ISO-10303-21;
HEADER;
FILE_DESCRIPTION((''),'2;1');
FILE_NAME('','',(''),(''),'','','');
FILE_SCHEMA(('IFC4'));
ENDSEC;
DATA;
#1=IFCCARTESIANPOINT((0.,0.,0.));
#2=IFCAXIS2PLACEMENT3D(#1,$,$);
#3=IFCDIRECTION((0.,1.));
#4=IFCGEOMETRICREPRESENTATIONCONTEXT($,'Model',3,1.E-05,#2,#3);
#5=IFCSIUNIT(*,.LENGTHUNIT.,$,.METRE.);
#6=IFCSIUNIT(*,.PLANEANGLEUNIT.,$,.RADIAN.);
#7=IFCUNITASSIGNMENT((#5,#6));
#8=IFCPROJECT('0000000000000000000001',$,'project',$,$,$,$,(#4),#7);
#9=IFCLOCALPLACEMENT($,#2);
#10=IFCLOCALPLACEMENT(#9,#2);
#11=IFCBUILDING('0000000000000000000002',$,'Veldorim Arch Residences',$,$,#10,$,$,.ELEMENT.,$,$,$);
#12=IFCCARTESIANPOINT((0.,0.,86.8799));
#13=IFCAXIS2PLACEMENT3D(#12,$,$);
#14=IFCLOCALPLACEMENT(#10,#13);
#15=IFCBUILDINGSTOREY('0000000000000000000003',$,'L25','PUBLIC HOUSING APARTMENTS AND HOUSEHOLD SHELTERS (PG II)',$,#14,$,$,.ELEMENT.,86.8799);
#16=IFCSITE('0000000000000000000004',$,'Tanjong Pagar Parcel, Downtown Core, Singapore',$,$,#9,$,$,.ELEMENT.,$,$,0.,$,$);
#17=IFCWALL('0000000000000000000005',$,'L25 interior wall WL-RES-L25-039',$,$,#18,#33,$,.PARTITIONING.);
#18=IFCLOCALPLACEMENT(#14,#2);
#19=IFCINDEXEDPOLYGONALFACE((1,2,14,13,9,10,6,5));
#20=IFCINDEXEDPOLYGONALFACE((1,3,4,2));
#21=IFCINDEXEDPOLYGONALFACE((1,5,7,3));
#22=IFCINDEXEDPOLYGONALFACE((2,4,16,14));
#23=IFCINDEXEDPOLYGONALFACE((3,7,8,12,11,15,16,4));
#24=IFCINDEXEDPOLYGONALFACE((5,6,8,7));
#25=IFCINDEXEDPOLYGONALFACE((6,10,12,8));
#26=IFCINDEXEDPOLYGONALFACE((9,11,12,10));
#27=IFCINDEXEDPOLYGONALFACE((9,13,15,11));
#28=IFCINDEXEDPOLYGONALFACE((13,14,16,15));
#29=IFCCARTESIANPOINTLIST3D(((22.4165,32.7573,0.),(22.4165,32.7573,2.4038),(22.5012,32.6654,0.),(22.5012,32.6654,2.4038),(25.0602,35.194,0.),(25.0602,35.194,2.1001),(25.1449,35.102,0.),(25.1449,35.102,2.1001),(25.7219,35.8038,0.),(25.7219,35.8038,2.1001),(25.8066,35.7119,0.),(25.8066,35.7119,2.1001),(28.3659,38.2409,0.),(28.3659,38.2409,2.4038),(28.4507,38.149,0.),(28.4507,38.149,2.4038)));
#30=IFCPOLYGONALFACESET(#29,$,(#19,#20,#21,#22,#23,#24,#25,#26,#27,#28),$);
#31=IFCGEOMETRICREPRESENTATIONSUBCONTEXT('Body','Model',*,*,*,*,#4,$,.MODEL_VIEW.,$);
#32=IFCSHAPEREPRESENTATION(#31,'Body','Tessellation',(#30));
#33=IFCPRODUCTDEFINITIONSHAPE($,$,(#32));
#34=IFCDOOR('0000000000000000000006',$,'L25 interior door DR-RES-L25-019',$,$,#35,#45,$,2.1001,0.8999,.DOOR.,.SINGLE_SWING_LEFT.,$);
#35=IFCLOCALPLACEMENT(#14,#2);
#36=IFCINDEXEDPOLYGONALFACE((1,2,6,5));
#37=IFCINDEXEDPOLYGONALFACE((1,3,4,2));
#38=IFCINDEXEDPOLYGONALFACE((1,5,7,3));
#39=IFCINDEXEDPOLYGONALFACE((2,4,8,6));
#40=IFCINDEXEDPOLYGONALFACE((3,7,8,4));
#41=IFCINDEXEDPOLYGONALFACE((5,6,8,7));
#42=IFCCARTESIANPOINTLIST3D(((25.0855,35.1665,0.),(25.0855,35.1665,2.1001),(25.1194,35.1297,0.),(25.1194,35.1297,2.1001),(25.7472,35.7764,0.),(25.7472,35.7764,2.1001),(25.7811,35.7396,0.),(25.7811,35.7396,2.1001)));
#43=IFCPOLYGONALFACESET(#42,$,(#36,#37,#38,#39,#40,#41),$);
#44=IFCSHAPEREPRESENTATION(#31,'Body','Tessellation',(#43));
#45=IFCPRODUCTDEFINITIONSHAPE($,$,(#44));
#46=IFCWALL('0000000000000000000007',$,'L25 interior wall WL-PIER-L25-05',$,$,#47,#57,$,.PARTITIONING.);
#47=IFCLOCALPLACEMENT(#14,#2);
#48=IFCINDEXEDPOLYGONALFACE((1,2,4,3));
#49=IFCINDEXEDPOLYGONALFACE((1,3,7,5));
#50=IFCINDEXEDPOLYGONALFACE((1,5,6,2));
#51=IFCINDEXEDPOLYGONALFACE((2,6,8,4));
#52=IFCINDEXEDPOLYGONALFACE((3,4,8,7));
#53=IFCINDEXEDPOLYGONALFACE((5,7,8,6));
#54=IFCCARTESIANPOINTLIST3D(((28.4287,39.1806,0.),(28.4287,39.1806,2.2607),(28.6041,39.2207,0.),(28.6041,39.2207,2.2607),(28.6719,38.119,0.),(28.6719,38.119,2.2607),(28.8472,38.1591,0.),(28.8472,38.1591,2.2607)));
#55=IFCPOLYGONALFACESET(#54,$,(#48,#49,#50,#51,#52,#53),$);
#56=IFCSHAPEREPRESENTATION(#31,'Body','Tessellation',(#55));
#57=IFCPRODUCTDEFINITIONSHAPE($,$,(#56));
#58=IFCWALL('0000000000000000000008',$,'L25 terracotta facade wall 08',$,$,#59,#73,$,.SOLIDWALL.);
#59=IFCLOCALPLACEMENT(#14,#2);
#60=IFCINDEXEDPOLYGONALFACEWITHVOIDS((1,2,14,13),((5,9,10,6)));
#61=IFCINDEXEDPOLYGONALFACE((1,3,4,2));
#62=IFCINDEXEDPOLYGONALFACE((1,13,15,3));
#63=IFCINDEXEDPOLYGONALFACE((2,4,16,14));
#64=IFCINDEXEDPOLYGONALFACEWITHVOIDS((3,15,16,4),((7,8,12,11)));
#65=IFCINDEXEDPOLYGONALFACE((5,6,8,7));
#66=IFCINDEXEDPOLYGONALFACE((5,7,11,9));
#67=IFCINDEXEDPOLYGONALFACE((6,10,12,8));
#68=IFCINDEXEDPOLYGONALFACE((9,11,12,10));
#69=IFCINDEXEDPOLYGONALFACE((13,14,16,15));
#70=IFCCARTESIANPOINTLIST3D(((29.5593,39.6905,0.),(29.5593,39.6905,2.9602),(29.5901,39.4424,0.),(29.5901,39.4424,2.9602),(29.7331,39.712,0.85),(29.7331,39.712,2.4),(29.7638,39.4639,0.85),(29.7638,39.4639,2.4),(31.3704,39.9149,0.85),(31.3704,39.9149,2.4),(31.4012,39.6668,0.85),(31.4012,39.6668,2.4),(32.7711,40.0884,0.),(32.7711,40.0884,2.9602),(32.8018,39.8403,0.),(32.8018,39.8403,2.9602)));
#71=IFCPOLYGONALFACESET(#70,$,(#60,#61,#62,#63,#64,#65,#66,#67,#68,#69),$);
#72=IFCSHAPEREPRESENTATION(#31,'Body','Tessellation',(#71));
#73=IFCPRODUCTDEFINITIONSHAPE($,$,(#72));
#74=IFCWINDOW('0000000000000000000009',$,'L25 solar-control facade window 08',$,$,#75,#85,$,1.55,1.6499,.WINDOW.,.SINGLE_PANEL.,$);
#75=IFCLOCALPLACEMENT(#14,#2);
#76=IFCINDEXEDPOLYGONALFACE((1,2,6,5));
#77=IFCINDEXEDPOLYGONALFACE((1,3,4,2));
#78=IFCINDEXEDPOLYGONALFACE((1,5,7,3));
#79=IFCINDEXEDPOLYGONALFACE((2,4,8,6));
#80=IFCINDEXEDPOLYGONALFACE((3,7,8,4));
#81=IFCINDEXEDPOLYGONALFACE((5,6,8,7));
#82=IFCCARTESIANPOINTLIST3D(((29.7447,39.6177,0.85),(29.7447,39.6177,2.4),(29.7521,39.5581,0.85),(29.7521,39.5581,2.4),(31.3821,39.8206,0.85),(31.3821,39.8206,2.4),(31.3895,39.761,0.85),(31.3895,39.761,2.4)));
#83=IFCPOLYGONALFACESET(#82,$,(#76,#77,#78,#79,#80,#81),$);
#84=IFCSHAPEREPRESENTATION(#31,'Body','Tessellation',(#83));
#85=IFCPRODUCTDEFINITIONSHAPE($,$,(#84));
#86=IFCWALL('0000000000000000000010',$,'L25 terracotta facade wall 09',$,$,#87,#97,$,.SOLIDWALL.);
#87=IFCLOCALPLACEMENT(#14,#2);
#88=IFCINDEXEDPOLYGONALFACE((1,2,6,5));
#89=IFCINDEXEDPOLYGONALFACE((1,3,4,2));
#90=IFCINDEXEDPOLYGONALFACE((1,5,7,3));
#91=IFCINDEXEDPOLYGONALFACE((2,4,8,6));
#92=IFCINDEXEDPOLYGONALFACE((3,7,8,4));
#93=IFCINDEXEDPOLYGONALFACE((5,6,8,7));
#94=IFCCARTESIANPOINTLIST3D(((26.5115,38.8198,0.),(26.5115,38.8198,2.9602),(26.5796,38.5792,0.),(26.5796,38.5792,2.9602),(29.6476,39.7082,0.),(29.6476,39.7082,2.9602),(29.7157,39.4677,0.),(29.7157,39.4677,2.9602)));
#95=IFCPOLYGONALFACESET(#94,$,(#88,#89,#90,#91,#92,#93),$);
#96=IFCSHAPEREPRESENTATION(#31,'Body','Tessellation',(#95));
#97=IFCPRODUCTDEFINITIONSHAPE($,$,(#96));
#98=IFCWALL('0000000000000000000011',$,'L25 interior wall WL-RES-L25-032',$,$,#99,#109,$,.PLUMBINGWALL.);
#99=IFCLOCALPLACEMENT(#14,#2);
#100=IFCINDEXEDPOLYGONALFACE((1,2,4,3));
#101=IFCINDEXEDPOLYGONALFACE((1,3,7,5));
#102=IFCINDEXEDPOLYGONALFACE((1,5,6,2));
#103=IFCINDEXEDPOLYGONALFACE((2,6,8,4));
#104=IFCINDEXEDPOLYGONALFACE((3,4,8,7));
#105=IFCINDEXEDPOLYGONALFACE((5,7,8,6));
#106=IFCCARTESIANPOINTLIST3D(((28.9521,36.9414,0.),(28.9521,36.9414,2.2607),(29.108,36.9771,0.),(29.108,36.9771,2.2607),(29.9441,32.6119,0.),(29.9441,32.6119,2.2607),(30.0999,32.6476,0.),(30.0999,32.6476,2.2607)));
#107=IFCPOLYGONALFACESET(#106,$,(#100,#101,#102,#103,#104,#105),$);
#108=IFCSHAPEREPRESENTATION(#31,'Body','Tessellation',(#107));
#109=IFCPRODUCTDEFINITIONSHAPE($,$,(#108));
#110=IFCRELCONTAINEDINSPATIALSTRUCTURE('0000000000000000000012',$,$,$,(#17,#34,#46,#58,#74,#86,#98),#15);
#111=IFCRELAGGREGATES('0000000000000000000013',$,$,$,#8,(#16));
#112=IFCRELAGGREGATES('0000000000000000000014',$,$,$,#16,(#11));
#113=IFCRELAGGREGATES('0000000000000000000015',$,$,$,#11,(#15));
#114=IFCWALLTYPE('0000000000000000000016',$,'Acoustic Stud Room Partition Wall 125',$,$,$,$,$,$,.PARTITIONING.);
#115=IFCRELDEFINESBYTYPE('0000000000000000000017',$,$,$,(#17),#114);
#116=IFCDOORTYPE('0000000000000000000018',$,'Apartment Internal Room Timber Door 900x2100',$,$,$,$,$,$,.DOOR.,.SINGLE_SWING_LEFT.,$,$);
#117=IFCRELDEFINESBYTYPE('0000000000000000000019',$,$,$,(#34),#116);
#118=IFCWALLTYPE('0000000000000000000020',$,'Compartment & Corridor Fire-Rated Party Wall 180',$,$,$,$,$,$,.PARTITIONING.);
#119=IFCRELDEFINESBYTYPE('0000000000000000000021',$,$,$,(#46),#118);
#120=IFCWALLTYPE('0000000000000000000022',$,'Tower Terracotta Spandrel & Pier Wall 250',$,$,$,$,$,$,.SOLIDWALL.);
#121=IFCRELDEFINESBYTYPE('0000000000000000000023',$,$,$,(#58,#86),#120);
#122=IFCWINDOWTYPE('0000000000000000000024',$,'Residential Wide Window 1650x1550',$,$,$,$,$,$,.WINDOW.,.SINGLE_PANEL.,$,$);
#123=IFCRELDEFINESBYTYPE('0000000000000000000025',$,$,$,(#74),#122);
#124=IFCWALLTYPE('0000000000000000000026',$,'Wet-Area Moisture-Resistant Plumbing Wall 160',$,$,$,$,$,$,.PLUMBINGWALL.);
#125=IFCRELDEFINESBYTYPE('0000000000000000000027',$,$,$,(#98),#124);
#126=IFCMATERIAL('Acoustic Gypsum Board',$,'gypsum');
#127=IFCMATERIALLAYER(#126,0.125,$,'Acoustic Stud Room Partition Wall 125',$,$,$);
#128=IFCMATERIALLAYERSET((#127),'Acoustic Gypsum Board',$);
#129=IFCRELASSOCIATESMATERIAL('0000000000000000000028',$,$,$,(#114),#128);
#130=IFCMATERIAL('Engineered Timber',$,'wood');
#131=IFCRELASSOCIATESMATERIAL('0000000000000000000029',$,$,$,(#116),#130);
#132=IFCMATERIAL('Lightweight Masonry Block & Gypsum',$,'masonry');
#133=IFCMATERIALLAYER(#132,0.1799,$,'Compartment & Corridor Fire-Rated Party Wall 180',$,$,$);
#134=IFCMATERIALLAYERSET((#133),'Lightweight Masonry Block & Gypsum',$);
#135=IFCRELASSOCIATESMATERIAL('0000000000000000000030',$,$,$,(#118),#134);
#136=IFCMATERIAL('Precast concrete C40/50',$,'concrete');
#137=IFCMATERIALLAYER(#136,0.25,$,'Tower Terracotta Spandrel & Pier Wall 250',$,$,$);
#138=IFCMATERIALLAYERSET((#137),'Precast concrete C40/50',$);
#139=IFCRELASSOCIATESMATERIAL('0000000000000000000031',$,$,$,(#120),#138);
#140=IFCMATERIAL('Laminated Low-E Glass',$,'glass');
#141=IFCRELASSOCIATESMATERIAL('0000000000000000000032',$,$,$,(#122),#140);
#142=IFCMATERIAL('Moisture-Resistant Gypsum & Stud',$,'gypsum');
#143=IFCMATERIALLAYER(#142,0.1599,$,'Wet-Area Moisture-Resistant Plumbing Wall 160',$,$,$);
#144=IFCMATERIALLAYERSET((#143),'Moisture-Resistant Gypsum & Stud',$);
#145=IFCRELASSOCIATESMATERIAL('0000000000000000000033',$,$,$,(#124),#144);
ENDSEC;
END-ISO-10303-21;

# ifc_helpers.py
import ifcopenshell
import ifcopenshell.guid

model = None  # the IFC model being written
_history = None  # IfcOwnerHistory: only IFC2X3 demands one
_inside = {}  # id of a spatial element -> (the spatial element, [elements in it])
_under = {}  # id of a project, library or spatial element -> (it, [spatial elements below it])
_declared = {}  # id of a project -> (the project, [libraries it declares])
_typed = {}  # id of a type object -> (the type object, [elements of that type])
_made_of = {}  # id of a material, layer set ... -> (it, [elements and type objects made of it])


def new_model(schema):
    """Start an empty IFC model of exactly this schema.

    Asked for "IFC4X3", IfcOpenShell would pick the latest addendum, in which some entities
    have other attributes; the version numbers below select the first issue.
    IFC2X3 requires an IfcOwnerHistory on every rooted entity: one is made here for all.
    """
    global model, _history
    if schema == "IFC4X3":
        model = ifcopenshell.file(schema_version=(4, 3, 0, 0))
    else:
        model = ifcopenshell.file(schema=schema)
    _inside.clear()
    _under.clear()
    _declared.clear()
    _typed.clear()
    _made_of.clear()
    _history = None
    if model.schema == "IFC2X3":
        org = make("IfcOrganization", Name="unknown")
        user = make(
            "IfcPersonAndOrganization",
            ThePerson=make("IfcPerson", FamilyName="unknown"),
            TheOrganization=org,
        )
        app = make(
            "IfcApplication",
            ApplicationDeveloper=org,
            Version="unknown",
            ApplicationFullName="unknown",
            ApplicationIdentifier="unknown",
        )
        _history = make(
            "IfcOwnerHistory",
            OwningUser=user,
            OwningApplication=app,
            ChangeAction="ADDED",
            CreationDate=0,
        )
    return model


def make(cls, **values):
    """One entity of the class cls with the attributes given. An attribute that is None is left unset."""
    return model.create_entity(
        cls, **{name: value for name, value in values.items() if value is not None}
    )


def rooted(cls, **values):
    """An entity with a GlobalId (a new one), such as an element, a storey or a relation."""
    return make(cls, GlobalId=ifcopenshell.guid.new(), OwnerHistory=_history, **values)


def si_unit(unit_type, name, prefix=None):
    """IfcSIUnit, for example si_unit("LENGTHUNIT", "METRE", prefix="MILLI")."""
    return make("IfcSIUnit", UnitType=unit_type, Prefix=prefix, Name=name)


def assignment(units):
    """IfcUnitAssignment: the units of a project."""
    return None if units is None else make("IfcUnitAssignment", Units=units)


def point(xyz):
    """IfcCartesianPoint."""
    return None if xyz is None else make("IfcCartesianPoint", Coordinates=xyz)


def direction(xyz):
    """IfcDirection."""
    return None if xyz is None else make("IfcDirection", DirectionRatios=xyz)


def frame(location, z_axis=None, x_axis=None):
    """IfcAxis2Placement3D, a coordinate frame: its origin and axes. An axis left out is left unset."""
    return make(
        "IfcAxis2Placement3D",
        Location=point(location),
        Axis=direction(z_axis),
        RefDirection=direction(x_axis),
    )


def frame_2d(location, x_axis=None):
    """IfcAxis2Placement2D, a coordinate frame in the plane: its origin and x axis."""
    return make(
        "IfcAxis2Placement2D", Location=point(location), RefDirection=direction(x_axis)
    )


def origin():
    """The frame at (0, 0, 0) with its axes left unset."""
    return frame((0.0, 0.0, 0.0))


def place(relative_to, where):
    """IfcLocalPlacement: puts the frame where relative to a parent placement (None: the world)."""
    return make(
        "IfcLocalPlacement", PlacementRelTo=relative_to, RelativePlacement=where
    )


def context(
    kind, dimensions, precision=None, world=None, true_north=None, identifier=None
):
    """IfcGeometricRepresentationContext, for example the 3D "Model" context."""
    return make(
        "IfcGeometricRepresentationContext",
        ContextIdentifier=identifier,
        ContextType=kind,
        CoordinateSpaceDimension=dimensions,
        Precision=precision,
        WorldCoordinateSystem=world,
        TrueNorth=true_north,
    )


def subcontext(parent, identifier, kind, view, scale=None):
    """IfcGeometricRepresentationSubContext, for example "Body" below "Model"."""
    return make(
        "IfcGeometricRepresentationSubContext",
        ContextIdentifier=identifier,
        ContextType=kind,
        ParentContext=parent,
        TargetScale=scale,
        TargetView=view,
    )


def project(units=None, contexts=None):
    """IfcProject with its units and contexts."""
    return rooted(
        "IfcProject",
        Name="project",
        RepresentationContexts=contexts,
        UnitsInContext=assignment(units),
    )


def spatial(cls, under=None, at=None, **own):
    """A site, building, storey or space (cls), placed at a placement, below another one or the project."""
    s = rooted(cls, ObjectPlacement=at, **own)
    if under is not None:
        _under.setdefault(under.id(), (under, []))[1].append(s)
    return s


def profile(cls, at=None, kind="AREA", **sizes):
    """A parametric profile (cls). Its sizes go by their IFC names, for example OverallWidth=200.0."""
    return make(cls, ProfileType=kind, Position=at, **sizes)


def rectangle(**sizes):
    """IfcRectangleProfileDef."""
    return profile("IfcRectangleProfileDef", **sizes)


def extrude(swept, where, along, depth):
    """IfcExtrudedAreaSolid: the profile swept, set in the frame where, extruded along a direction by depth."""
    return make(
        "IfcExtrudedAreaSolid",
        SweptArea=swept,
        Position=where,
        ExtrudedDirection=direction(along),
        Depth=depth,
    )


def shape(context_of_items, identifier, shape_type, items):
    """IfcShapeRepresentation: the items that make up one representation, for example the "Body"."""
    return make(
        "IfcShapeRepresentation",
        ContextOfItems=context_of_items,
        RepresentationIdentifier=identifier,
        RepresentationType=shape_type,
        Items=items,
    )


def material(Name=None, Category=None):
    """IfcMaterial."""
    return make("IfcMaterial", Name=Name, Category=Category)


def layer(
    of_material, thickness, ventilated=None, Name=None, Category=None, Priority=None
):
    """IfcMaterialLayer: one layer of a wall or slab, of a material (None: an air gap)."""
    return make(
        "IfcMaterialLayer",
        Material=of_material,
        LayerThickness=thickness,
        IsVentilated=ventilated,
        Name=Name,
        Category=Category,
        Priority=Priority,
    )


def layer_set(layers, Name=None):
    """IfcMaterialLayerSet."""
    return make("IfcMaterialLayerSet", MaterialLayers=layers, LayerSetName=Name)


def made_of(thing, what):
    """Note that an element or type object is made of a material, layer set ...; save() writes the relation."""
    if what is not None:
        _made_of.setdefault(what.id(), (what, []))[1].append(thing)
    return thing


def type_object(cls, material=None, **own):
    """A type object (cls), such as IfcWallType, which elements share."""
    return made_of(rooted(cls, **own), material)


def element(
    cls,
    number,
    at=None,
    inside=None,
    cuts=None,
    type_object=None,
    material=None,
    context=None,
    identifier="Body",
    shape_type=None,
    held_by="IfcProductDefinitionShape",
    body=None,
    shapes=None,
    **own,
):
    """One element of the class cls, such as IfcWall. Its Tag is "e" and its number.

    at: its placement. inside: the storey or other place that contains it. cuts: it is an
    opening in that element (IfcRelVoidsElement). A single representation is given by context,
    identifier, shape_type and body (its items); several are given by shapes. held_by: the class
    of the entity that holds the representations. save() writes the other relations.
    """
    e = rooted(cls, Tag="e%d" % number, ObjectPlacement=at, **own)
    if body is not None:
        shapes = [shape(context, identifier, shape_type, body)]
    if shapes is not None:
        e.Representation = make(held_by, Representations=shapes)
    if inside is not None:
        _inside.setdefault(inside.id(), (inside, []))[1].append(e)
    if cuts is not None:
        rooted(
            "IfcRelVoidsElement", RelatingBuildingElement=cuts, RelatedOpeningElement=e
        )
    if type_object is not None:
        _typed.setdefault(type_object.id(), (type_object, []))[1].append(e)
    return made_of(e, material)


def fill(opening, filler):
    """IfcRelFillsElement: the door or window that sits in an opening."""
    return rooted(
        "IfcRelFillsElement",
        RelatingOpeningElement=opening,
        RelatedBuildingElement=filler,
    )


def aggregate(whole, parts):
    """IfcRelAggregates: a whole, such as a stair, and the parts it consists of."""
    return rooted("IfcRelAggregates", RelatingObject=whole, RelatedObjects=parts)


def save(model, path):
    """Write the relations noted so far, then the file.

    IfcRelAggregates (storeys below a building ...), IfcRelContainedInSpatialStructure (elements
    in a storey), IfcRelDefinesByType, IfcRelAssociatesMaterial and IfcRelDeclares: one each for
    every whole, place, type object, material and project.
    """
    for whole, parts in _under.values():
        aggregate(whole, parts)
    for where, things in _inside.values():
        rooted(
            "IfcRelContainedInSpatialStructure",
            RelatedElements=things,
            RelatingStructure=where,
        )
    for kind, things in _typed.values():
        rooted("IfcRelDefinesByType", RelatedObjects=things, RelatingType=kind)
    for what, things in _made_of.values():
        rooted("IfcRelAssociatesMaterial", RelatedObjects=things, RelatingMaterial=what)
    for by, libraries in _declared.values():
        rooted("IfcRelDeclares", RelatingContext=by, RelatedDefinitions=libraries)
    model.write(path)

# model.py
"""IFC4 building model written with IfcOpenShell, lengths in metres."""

from ifc_helpers import new_model, si_unit, direction, frame, frame_2d, origin, place, context, subcontext, project, spatial, rectangle, extrude, material, layer, layer_set, type_object, element, fill, save


model = new_model("IFC4")

# Units and contexts
model_context = context("Model", 3, precision=1e-05, world=origin(), true_north=direction((0.0, 1.0)))
body_context = subcontext(model_context, "Body", "Model", "MODEL_VIEW")
ifc_project = project(units=[si_unit("LENGTHUNIT", "METRE"), si_unit("PLANEANGLEUNIT", "RADIAN")], contexts=[model_context])

# Site, building, storey
site_placement = place(None, origin())
site = spatial("IfcSite", under=ifc_project, at=site_placement, Name="Tanjong Pagar Parcel, Downtown Core, Singapore", CompositionType="ELEMENT", RefElevation=0.0)
building_placement = place(site_placement, origin())
building = spatial("IfcBuilding", under=site, at=building_placement, Name="Veldorim Arch Residences", CompositionType="ELEMENT")
storey_placement = place(building_placement, frame((0.0, 0.0, 86.8799)))
storey = spatial("IfcBuildingStorey", under=building, at=storey_placement, Name="L25", Description="PUBLIC HOUSING APARTMENTS AND HOUSEHOLD SHELTERS (PG II)", CompositionType="ELEMENT", Elevation=86.8799)

# Wall, opening, door
ifc_material_1 = material(Name="Acoustic Gypsum Board", Category="gypsum")
ifc_layer_1 = layer(ifc_material_1, 0.125, Name="Acoustic Stud Room Partition Wall 125")
ifc_layer_set_1 = layer_set([ifc_layer_1], Name="Acoustic Gypsum Board")
wall_type_1 = type_object("IfcWallType", Name="Acoustic Stud Room Partition Wall 125", PredefinedType="PARTITIONING", material=ifc_layer_set_1)
wall_1_placement = place(storey_placement, frame((28.4082, 38.1948, 0.0), z_axis=(0.0, 0.0, 1.0), x_axis=(-0.735306, -0.677735, 0.0)))
wall_1 = element("IfcWall", 1, at=wall_1_placement, inside=storey, type_object=wall_type_1, Name="L25 interior wall WL-RES-L25-039", PredefinedType="PARTITIONING", context=body_context, shape_type="SweptSolid", body=[
    extrude(rectangle(XDim=8.0911, YDim=0.125, at=frame_2d((4.0454, 0.0))), origin(), (0.0, 0.0, 1.0), 2.4038),
])
opening_1_placement = place(wall_1_placement, frame((3.5957, 0.0, 0.0)))
opening_1 = element("IfcOpeningElement", 2, at=opening_1_placement, cuts=wall_1, PredefinedType="OPENING", context=body_context, shape_type="SweptSolid", body=[
    extrude(rectangle(XDim=0.8999, YDim=2.1001, at=frame_2d((0.45, 1.05))), frame((0.0, 0.0725, 0.0), z_axis=(0.0, -1.0, 0.0), x_axis=(1.0, 0.0, 0.0)), (0.0, 0.0, 1.0), 0.145),
])
ifc_material_2 = material(Name="Engineered Timber", Category="wood")
door_type = type_object("IfcDoorType", Name="Apartment Internal Room Timber Door 900x2100", OperationType="SINGLE_SWING_LEFT", PredefinedType="DOOR", material=ifc_material_2)
door_placement = place(opening_1_placement, origin())
door = element("IfcDoor", 3, at=door_placement, inside=storey, type_object=door_type, Name="L25 interior door DR-RES-L25-019", OperationType="SINGLE_SWING_LEFT", OverallHeight=2.1001, OverallWidth=0.8999, PredefinedType="DOOR", context=body_context, shape_type="SweptSolid", body=[
    extrude(rectangle(XDim=0.8999, YDim=2.1001, at=frame_2d((0.45, 1.05))), frame((0.0, 0.0249, 0.0), z_axis=(0.0, -1.0, 0.0), x_axis=(1.0, 0.0, 0.0)), (0.0, 0.0, 1.0), 0.05),
])
fill(opening_1, door)

# Wall
ifc_material_3 = material(Name="Lightweight Masonry Block & Gypsum", Category="masonry")
ifc_layer_2 = layer(ifc_material_3, 0.1799, Name="Compartment & Corridor Fire-Rated Party Wall 180")
ifc_layer_set_2 = layer_set([ifc_layer_2], Name="Lightweight Masonry Block & Gypsum")
wall_type_2 = type_object("IfcWallType", Name="Compartment & Corridor Fire-Rated Party Wall 180", PredefinedType="PARTITIONING", material=ifc_layer_set_2)
wall_2_placement = place(storey_placement, frame((28.7595, 38.1392, 0.0), z_axis=(0.0, 0.0, 1.0), x_axis=(-0.223287, 0.974753, 0.0)))
element("IfcWall", 4, at=wall_2_placement, inside=storey, type_object=wall_type_2, Name="L25 interior wall WL-PIER-L25-05", PredefinedType="PARTITIONING", context=body_context, shape_type="SweptSolid", body=[
    extrude(rectangle(XDim=1.0891, YDim=0.1799, at=frame_2d((0.5444, 0.0))), origin(), (0.0, 0.0, 1.0), 2.2607),
])

# Wall, opening, window
ifc_material_4 = material(Name="Precast concrete C40/50", Category="concrete")
ifc_layer_3 = layer(ifc_material_4, 0.25, Name="Tower Terracotta Spandrel & Pier Wall 250")
ifc_layer_set_3 = layer_set([ifc_layer_3], Name="Precast concrete C40/50")
wall_type_3 = type_object("IfcWallType", Name="Tower Terracotta Spandrel & Pier Wall 250", PredefinedType="SOLIDWALL", material=ifc_layer_set_3)
wall_3_placement = place(storey_placement, frame((29.5747, 39.5664, 0.0), z_axis=(0.0, 0.0, 1.0), x_axis=(0.992411, 0.122967, 0.0)))
wall_3 = element("IfcWall", 5, at=wall_3_placement, inside=storey, type_object=wall_type_3, Name="L25 terracotta facade wall 08", PredefinedType="SOLIDWALL", context=body_context, shape_type="SweptSolid", body=[
    extrude(rectangle(XDim=3.2363, YDim=0.25, at=frame_2d((1.6182, 0.0))), origin(), (0.0, 0.0, 1.0), 2.9602),
])
opening_2_placement = place(wall_3_placement, frame((0.175, 0.0, 0.8501)))
opening_2 = element("IfcOpeningElement", 6, at=opening_2_placement, cuts=wall_3, PredefinedType="OPENING", context=body_context, shape_type="SweptSolid", body=[
    extrude(rectangle(XDim=1.6499, YDim=1.55, at=frame_2d((0.825, 0.7749))), frame((0.0, 0.135, 0.0), z_axis=(0.0, -1.0, 0.0), x_axis=(1.0, 0.0, 0.0)), (0.0, 0.0, 1.0), 0.27),
])
ifc_material_5 = material(Name="Laminated Low-E Glass", Category="glass")
window_type = type_object("IfcWindowType", Name="Residential Wide Window 1650x1550", PartitioningType="SINGLE_PANEL", PredefinedType="WINDOW", material=ifc_material_5)
window_placement = place(opening_2_placement, origin())
window = element("IfcWindow", 7, at=window_placement, inside=storey, type_object=window_type, Name="L25 solar-control facade window 08", OverallHeight=1.55, OverallWidth=1.6499, PartitioningType="SINGLE_PANEL", PredefinedType="WINDOW", context=body_context, shape_type="SweptSolid", body=[
    extrude(rectangle(XDim=1.6499, YDim=1.55, at=frame_2d((0.825, 0.7749))), frame((0.0, 0.03, 0.0), z_axis=(0.0, -1.0, 0.0), x_axis=(1.0, 0.0, 0.0)), (0.0, 0.0, 1.0), 0.0601),
])
fill(opening_2, window)

# Walls
wall_4_placement = place(storey_placement, frame((26.5454, 38.6995, 0.0), z_axis=(0.0, 0.0, 1.0), x_axis=(0.962135, 0.272574, 0.0)))
element("IfcWall", 8, at=wall_4_placement, inside=storey, type_object=wall_type_3, Name="L25 terracotta facade wall 09", PredefinedType="SOLIDWALL", context=body_context, shape_type="SweptSolid", body=[
    extrude(rectangle(XDim=3.2595, YDim=0.25, at=frame_2d((1.6299, 0.0))), origin(), (0.0, 0.0, 1.0), 2.9602),
])
ifc_material_6 = material(Name="Moisture-Resistant Gypsum & Stud", Category="gypsum")
ifc_layer_4 = layer(ifc_material_6, 0.1599, Name="Wet-Area Moisture-Resistant Plumbing Wall 160")
ifc_layer_set_4 = layer_set([ifc_layer_4], Name="Moisture-Resistant Gypsum & Stud")
wall_type_4 = type_object("IfcWallType", Name="Wet-Area Moisture-Resistant Plumbing Wall 160", PredefinedType="PLUMBINGWALL", material=ifc_layer_set_4)
wall_5_placement = place(storey_placement, frame((30.022, 32.6299, 0.0), z_axis=(0.0, 0.0, 1.0), x_axis=(-0.223322, 0.974745, 0.0)))
element("IfcWall", 9, at=wall_5_placement, inside=storey, type_object=wall_type_4, Name="L25 interior wall WL-RES-L25-032", PredefinedType="PLUMBINGWALL", context=body_context, shape_type="SweptSolid", body=[
    extrude(rectangle(XDim=4.4417, YDim=0.1599, at=frame_2d((2.2207, 0.0))), origin(), (0.0, 0.0, 1.0), 2.2607),
])

save(model, "model.ifc")
